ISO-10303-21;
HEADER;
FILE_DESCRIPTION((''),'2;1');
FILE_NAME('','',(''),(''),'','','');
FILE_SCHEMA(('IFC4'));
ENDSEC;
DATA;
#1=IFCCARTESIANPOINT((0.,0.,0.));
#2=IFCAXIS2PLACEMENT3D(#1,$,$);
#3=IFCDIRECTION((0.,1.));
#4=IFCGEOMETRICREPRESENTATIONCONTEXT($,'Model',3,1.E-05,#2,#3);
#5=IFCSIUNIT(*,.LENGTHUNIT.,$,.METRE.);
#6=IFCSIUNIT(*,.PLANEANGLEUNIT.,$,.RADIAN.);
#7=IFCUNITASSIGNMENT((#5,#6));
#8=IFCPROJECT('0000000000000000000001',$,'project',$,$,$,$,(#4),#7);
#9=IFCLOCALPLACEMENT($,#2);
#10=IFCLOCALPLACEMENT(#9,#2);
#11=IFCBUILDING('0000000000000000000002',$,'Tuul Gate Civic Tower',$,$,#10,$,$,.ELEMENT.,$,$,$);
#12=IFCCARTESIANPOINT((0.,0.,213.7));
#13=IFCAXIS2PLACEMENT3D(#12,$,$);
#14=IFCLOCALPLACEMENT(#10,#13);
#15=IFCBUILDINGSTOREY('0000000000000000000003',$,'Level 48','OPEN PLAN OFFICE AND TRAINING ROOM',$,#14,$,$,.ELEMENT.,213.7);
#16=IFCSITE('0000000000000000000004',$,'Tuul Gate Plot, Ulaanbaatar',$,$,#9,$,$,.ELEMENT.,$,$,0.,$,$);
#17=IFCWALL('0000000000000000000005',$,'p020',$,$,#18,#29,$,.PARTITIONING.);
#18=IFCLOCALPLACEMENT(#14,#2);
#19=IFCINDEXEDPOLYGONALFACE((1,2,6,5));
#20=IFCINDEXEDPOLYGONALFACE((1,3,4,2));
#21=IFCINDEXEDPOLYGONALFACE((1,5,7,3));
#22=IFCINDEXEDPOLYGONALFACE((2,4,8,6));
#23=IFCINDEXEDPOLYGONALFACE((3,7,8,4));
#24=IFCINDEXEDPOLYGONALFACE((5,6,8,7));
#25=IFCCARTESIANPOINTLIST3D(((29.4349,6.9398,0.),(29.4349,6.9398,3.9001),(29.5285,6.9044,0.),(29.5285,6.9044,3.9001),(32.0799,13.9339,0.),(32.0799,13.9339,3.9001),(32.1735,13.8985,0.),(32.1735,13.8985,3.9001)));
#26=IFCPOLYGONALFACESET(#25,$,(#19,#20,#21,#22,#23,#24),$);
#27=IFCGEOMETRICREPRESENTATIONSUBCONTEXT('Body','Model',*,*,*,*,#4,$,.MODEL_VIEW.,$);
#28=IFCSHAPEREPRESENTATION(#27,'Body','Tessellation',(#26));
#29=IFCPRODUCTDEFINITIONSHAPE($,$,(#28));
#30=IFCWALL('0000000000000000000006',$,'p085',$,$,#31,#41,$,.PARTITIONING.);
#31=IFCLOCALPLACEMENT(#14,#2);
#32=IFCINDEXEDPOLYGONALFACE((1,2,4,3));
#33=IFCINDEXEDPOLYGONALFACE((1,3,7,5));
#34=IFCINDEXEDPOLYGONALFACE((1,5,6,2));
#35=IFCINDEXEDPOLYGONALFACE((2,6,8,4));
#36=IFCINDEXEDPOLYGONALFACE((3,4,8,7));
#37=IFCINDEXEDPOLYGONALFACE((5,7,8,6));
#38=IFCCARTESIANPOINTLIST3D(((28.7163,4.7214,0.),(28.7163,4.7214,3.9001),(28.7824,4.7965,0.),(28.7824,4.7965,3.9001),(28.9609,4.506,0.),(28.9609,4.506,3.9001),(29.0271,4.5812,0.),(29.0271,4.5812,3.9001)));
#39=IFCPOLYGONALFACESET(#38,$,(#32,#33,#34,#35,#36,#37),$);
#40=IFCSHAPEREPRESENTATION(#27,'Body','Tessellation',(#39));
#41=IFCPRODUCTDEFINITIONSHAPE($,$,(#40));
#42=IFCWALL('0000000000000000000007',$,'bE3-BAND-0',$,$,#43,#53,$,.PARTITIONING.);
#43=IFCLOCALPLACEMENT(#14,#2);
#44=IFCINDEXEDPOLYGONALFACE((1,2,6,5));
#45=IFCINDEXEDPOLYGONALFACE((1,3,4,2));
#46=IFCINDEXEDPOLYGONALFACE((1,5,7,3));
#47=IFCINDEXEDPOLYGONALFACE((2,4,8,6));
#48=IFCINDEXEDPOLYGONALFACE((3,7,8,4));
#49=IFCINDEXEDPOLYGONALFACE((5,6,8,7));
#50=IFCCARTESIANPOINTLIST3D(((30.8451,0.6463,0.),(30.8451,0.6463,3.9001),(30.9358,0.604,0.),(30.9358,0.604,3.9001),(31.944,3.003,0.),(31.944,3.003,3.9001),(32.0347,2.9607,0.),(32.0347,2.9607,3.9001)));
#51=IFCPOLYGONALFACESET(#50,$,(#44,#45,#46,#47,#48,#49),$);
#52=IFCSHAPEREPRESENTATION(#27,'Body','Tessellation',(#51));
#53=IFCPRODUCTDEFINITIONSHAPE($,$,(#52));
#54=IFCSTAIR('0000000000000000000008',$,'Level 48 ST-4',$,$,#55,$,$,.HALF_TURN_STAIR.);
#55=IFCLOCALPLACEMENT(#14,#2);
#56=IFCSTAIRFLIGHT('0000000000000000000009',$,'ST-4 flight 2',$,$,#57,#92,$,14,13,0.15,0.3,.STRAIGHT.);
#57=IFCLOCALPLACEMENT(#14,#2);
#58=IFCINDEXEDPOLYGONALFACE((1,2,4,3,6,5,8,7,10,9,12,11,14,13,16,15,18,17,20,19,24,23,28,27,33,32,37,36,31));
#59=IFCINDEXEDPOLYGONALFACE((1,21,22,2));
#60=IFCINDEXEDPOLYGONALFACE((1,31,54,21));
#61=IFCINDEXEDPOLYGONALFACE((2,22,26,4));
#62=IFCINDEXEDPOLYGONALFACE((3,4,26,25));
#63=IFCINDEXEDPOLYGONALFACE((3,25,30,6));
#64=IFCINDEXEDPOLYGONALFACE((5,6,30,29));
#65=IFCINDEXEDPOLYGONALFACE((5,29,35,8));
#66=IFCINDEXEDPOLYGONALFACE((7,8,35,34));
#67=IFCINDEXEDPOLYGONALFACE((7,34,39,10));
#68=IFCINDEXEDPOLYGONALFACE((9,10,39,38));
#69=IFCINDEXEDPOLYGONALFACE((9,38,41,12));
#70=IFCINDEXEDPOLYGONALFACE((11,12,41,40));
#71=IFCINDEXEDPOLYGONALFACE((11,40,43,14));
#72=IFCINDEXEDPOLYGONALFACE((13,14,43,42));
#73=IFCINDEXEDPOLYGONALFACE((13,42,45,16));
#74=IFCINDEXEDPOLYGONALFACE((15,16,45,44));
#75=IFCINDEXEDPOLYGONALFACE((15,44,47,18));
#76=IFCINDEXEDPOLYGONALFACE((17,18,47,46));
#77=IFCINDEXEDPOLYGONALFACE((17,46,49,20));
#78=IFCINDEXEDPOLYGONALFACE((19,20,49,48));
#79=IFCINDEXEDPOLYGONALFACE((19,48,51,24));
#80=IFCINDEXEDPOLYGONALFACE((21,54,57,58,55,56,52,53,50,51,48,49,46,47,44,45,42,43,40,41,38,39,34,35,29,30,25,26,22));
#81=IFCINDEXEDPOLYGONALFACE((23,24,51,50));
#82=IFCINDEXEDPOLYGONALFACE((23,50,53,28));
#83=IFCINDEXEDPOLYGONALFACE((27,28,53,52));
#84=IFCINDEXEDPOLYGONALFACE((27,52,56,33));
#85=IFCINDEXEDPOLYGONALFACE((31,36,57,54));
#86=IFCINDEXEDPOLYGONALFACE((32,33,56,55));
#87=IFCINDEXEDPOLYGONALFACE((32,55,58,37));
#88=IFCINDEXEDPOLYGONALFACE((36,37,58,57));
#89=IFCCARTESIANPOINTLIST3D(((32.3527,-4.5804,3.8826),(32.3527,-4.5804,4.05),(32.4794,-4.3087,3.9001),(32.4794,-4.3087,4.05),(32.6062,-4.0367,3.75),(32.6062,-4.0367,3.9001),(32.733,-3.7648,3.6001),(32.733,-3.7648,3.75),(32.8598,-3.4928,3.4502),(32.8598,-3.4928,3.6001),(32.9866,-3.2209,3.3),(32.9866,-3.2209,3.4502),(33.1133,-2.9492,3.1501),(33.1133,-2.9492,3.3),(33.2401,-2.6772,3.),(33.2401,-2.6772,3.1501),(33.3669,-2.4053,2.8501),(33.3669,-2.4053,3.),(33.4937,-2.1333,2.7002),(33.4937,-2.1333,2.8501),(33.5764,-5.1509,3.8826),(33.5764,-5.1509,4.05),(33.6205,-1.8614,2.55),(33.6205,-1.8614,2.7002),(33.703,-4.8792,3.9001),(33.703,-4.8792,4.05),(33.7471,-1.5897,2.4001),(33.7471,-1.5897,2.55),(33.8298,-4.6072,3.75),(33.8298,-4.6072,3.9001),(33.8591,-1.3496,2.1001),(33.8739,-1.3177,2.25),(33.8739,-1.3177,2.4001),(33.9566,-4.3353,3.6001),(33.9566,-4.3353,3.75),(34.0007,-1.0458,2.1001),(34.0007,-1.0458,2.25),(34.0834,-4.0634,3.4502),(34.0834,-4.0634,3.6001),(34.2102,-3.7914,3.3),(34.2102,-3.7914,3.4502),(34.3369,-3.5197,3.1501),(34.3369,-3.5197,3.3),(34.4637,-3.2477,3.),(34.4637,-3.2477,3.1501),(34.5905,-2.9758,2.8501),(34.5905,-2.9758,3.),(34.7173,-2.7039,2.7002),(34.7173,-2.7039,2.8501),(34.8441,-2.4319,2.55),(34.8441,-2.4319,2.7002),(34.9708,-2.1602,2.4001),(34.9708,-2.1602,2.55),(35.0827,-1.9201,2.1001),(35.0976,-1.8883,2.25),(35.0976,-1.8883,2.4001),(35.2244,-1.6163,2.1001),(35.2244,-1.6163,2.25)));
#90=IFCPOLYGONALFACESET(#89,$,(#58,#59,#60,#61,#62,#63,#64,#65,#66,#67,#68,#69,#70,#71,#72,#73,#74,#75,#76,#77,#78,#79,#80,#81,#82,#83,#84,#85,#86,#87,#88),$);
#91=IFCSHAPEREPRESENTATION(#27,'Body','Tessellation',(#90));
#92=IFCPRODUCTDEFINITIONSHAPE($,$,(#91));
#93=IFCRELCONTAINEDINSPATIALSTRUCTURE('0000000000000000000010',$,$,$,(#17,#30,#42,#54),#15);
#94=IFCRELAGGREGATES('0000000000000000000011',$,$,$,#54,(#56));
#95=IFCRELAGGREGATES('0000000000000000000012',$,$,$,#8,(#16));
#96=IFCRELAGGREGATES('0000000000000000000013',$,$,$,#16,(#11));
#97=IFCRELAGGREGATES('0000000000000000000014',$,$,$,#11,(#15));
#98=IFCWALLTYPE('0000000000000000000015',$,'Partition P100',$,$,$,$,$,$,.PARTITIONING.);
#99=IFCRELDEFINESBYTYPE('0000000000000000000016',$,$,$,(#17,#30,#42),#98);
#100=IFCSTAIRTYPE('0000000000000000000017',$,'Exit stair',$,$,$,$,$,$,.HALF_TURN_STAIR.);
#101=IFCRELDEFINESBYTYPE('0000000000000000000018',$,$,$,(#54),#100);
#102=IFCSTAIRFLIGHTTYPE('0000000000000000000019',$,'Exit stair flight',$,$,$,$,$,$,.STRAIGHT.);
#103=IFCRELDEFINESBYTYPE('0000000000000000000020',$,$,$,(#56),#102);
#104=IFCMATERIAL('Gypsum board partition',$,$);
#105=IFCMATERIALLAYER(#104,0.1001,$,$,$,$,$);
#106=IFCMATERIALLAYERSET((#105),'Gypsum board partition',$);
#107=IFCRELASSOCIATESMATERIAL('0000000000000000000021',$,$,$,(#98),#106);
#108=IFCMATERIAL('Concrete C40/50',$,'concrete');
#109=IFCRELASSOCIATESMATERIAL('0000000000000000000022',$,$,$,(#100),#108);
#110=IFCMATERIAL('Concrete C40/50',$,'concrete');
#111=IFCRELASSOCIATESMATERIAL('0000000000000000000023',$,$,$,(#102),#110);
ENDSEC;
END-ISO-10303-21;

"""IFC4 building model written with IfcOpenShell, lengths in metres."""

from ifc_helpers import new_model, si_unit, direction, frame, frame_2d, origin, place, context, subcontext, project, spatial, polyline, rectangle, outline, extrude, material, layer, layer_set, type_object, element, aggregate, save


model = new_model("IFC4")

# Units and contexts
model_context = context("Model", 3, precision=1e-05, world=origin(), true_north=direction((0.0, 1.0)))
body_context = subcontext(model_context, "Body", "Model", "MODEL_VIEW")
ifc_project = project(units=[si_unit("LENGTHUNIT", "METRE"), si_unit("PLANEANGLEUNIT", "RADIAN")], contexts=[model_context])

# Site, building, storey
site_placement = place(None, origin())
site = spatial("IfcSite", under=ifc_project, at=site_placement, Name="Tuul Gate Plot, Ulaanbaatar", CompositionType="ELEMENT", RefElevation=0.0)
building_placement = place(site_placement, origin())
building = spatial("IfcBuilding", under=site, at=building_placement, Name="Tuul Gate Civic Tower", CompositionType="ELEMENT")
storey_placement = place(building_placement, frame((0.0, 0.0, 213.7)))
storey = spatial("IfcBuildingStorey", under=building, at=storey_placement, Name="Level 48", Description="OPEN PLAN OFFICE AND TRAINING ROOM", CompositionType="ELEMENT", Elevation=213.7)

# Walls
ifc_material_1 = material(Name="Gypsum board partition")
ifc_layer_1 = layer(ifc_material_1, 0.1001)
ifc_layer_set_1 = layer_set([ifc_layer_1], Name="Gypsum board partition")
wall_type_1 = type_object("IfcWallType", Name="Partition P100", PredefinedType="PARTITIONING", material=ifc_layer_set_1)
wall_1_placement = place(storey_placement, frame((29.4817, 6.9221, 0.0), z_axis=(0.0, 0.0, 1.0), x_axis=(0.353727, 0.935349, 0.0)))
element("IfcWall", 1, at=wall_1_placement, inside=storey, type_object=wall_type_1, Name="p020", PredefinedType="PARTITIONING", context=body_context, shape_type="SweptSolid", body=[
    extrude(rectangle(XDim=7.4775, YDim=0.1001, at=frame_2d((3.7388, 0.0))), origin(), (0.0, 0.0, 1.0), 3.9001),
])
wall_2_placement = place(storey_placement, frame((28.7493, 4.759, 0.0), z_axis=(0.0, 0.0, 1.0), x_axis=(0.750624, -0.660729, 0.0)))
element("IfcWall", 2, at=wall_2_placement, inside=storey, type_object=wall_type_1, Name="p085", PredefinedType="PARTITIONING", context=body_context, shape_type="SweptSolid", body=[
    extrude(rectangle(XDim=0.3259, YDim=0.1001, at=frame_2d((0.1631, 0.0))), origin(), (0.0, 0.0, 1.0), 3.9001),
])
wall_3_placement = place(storey_placement, frame((30.8904, 0.625, 0.0), z_axis=(0.0, 0.0, 1.0), x_axis=(0.422598, 0.906317, 0.0)))
element("IfcWall", 3, at=wall_3_placement, inside=storey, type_object=wall_type_1, Name="bE3-BAND-0", PredefinedType="PARTITIONING", context=body_context, shape_type="SweptSolid", body=[
    extrude(rectangle(XDim=2.6003, YDim=0.1001, at=frame_2d((1.3003, 0.0))), origin(), (0.0, 0.0, 1.0), 3.9001),
])

# Stair, stair flight
ifc_material_2 = material(Name="Concrete C40/50", Category="concrete")
stair_type = type_object("IfcStairType", Name="Exit stair", PredefinedType="HALF_TURN_STAIR", material=ifc_material_2)
stair_placement = place(storey_placement, origin())
stair = element("IfcStair", 4, at=stair_placement, inside=storey, type_object=stair_type, Name="Level 48 ST-4", PredefinedType="HALF_TURN_STAIR")
ifc_material_3 = material(Name="Concrete C40/50", Category="concrete")
stair_flight_type = type_object("IfcStairFlightType", Name="Exit stair flight", PredefinedType="STRAIGHT", material=ifc_material_3)
stair_flight_placement = place(storey_placement, frame((34.6125, -1.3311, 2.1001), z_axis=(0.0, 0.0, 1.0), x_axis=(-0.422576, -0.906327, 0.0)))
stair_flight = element("IfcStairFlight", 5, at=stair_flight_placement, type_object=stair_flight_type, Name="ST-4 flight 2", NumberOfRisers=14, NumberOfTreads=13, PredefinedType="STRAIGHT", RiserHeight=0.15, TreadLength=0.3, context=body_context, shape_type="SweptSolid", body=[
    extrude(outline(polyline([(0.0, 0.0), (0.0, 0.1499), (0.3, 0.1499), (0.3, 0.3), (0.6001, 0.3), (0.6001, 0.45), (0.8999, 0.45), (0.8999, 0.6001), (1.2, 0.6001), (1.2, 0.75), (1.5, 0.75), (1.5, 0.8999), (1.8, 0.8999), (1.8, 1.05), (2.1001, 1.05), (2.1001, 1.2), (2.3999, 1.2), (2.3999, 1.3501), (2.7, 1.3501), (2.7, 1.5), (3.0, 1.5), (3.0, 1.6499), (3.3, 1.6499), (3.3, 1.8), (3.6001, 1.8), (3.6001, 1.95), (3.8999, 1.95), (3.8999, 2.1001), (3.8999, 1.7825), (0.3352, 0.0), (0.0, 0.0)])), frame((0.0, 0.675, 0.0), z_axis=(0.0, -1.0, 0.0), x_axis=(1.0, 0.0, 0.0)), (0.0, 0.0, 1.0), 1.3501),
])
aggregate(stair, [stair_flight])

save(model, "model.ifc")
